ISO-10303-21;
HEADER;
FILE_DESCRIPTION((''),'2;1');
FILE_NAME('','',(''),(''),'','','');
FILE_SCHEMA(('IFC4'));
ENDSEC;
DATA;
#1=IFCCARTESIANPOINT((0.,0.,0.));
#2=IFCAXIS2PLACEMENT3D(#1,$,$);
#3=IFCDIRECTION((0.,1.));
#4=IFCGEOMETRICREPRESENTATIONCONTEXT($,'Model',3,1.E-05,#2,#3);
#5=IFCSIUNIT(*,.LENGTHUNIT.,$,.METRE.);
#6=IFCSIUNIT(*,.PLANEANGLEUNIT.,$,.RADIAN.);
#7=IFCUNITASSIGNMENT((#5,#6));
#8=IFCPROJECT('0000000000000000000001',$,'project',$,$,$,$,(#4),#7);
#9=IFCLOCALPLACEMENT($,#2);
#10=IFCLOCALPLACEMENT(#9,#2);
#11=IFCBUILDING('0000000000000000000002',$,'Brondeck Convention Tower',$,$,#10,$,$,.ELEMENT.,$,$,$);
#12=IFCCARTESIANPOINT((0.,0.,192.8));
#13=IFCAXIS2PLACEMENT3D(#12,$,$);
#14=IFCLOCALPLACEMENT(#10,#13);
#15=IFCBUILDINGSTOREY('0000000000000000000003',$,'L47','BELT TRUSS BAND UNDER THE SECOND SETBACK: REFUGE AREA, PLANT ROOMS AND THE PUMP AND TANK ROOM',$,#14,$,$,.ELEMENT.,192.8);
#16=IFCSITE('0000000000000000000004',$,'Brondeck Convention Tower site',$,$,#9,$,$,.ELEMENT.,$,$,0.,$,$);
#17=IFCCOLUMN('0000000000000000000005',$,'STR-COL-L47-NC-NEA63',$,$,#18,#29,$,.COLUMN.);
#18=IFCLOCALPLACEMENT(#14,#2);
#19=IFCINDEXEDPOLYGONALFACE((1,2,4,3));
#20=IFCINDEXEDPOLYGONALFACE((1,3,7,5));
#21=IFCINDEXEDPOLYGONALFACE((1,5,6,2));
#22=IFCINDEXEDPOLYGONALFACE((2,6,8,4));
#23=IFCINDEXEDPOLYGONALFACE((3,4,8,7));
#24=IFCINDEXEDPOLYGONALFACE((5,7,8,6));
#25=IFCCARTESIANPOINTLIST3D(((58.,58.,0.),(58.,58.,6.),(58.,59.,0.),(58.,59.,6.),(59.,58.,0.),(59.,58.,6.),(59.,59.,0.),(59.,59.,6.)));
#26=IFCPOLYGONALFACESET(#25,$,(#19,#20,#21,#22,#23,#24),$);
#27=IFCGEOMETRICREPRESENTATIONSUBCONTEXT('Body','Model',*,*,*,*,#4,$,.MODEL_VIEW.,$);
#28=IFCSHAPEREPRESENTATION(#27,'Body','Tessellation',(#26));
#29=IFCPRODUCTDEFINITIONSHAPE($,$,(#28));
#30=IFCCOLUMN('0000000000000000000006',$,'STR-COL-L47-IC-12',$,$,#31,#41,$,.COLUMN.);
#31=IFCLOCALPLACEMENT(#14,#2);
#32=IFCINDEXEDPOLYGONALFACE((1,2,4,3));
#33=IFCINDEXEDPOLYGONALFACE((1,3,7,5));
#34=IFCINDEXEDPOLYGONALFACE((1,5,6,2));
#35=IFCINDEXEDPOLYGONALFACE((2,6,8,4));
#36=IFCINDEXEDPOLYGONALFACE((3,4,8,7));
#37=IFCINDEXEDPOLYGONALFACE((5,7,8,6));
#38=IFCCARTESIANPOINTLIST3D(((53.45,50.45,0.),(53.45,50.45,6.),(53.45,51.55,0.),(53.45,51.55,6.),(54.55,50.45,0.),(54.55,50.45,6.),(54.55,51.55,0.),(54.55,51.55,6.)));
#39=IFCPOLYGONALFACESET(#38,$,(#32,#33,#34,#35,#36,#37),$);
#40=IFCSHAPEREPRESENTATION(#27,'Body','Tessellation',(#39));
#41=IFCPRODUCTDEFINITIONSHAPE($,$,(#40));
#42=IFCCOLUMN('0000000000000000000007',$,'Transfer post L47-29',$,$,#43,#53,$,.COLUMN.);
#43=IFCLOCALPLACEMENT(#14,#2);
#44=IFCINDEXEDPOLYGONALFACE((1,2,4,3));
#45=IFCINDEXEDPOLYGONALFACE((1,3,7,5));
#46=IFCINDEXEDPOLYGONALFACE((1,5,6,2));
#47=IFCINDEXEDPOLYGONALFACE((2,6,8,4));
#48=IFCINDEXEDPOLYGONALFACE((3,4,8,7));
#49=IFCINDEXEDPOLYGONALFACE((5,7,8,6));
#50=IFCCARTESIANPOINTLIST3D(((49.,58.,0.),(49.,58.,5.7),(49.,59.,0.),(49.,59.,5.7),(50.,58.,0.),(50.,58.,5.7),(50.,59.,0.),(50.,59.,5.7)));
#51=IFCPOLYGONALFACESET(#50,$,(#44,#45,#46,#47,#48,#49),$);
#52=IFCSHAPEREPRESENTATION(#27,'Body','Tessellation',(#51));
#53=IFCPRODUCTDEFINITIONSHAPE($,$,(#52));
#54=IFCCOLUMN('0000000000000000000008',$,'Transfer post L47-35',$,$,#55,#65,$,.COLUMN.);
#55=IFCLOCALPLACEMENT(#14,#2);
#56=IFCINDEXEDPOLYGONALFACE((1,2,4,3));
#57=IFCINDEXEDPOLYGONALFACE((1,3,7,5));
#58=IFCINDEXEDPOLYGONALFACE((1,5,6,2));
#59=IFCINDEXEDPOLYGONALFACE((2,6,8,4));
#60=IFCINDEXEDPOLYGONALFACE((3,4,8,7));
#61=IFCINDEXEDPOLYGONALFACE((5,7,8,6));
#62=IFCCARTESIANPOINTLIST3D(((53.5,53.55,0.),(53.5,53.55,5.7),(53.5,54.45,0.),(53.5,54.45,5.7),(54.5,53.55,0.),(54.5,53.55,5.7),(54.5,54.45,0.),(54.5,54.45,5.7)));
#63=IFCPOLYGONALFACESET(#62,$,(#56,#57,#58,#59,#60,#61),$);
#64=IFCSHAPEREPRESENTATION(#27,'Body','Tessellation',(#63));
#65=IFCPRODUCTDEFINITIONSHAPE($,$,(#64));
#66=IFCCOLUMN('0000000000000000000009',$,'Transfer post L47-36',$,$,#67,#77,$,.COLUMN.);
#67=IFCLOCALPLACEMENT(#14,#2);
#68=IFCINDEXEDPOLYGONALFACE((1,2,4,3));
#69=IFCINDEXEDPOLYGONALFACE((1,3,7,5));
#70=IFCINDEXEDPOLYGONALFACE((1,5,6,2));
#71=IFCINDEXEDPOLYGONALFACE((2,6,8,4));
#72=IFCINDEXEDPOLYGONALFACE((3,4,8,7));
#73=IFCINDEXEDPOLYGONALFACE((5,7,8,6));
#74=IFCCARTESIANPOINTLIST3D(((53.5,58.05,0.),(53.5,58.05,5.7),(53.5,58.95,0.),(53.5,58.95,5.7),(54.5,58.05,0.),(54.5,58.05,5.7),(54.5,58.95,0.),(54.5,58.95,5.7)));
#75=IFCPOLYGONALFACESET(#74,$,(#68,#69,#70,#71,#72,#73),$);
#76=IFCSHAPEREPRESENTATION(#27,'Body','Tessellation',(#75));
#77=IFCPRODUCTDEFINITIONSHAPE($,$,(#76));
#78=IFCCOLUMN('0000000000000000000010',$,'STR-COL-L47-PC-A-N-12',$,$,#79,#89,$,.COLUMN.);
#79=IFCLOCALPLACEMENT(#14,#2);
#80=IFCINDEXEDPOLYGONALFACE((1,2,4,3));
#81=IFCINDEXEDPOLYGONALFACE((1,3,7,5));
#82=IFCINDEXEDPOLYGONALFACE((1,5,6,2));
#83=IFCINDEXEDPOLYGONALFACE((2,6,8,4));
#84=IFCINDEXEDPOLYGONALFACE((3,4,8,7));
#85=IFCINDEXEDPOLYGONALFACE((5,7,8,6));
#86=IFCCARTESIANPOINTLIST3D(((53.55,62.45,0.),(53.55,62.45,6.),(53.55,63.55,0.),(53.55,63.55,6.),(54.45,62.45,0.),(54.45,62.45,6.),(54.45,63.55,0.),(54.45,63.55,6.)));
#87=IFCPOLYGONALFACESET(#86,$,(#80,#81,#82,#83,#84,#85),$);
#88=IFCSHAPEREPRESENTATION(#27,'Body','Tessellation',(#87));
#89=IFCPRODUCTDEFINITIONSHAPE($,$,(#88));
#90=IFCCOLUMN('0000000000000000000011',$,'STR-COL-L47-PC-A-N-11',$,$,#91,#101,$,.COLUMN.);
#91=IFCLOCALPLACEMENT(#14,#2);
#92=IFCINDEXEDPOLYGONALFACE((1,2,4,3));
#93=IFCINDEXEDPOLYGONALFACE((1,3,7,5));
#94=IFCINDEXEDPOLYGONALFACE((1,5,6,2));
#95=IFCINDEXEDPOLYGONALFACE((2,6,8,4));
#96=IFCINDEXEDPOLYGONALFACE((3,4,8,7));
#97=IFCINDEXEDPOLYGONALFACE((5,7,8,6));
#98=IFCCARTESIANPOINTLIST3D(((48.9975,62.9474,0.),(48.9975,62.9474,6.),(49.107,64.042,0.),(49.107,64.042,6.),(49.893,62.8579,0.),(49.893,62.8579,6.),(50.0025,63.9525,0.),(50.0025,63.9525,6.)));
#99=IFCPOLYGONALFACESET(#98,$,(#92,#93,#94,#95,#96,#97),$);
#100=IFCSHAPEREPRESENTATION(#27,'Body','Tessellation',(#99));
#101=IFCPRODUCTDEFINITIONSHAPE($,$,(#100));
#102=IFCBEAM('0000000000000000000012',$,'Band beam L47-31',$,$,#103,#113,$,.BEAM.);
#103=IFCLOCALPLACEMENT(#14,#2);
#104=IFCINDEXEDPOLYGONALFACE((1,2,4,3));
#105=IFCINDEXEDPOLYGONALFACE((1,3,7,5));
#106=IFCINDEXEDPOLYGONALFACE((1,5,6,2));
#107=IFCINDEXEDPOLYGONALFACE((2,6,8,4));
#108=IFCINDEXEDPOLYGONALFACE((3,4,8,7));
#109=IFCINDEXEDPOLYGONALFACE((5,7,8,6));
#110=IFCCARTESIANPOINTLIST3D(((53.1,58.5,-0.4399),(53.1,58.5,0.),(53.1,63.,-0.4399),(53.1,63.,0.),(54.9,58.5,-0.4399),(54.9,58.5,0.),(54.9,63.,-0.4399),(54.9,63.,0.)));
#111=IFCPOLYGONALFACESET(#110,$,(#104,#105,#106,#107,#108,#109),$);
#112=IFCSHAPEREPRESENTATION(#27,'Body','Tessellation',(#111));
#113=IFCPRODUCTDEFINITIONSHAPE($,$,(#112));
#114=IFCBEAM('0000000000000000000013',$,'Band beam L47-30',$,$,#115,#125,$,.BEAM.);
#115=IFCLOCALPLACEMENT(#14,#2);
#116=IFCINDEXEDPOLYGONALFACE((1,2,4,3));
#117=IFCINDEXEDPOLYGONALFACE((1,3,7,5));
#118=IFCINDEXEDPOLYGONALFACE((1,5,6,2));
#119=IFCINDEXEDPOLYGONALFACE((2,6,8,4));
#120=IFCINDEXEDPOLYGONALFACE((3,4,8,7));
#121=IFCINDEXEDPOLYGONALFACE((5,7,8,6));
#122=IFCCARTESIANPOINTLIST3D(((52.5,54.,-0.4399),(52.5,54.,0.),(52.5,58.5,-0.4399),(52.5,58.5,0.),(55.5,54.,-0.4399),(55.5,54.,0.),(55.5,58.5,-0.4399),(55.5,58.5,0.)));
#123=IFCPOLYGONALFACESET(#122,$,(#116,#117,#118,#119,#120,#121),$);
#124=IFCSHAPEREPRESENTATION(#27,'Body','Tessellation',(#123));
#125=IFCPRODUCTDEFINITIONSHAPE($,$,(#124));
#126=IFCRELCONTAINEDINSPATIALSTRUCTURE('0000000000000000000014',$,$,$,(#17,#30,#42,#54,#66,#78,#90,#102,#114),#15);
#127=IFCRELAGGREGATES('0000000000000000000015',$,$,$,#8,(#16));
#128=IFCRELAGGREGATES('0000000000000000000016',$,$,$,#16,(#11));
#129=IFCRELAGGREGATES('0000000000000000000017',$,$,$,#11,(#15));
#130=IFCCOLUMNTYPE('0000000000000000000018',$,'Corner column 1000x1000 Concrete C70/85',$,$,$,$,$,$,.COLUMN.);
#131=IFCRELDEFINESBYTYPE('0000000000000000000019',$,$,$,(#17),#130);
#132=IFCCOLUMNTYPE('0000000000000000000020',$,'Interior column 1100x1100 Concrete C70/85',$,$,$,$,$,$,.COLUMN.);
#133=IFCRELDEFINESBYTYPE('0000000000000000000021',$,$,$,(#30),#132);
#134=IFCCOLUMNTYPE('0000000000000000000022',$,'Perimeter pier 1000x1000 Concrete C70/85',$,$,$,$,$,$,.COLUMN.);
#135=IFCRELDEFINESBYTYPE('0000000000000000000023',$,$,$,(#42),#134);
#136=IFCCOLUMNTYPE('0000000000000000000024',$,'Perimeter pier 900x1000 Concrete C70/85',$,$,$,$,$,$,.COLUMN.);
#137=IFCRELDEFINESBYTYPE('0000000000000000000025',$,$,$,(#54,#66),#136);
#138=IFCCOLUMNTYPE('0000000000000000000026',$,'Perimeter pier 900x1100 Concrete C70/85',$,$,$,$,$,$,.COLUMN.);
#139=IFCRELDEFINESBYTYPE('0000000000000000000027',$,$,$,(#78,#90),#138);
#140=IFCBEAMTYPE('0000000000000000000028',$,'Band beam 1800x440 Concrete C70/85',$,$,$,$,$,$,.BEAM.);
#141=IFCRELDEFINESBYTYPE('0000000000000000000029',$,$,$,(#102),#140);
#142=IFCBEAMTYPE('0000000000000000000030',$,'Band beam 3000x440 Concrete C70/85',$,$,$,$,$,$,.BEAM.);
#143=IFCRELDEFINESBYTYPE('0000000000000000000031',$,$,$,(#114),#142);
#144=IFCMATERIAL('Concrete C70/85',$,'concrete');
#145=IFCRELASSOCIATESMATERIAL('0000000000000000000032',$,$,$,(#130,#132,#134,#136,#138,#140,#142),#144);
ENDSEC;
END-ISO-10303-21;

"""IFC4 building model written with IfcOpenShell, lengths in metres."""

from ifc_helpers import new_model, si_unit, direction, frame, origin, origin_2d, place, context, subcontext, project, spatial, rectangle, extrude, material, material_profile, profile_set, type_object, element, save


model = new_model("IFC4")

# Units and contexts
model_context = context("Model", 3, precision=1e-05, world=origin(), true_north=direction((0.0, 1.0)))
body_context = subcontext(model_context, "Body", "Model", "MODEL_VIEW")
ifc_project = project(units=[si_unit("LENGTHUNIT", "METRE"), si_unit("PLANEANGLEUNIT", "RADIAN")], contexts=[model_context])

# Site, building, storey
site_placement = place(None, origin())
site = spatial("IfcSite", under=ifc_project, at=site_placement, Name="Brondeck Convention Tower site", CompositionType="ELEMENT", RefElevation=0.0)
building_placement = place(site_placement, origin())
building = spatial("IfcBuilding", under=site, at=building_placement, Name="Brondeck Convention Tower", CompositionType="ELEMENT")
storey_placement = place(building_placement, frame((0.0, 0.0, 192.8)))
storey = spatial("IfcBuildingStorey", under=building, at=storey_placement, Name="L47", Description="BELT TRUSS BAND UNDER THE SECOND SETBACK: REFUGE AREA, PLANT ROOMS AND THE PUMP AND TANK ROOM", CompositionType="ELEMENT", Elevation=192.8)

# Columns
ifc_material_1 = material(Name="Concrete C70/85", Category="concrete")
ifc_material_profile_1 = material_profile(ifc_material_1, rectangle(XDim=1.0, YDim=1.0, at=origin_2d()), Name="Corner column 1000x1000 Concrete C70/85")
ifc_profile_set_1 = profile_set([ifc_material_profile_1], Name="Concrete C70/85")
column_type_1 = type_object("IfcColumnType", Name="Corner column 1000x1000 Concrete C70/85", PredefinedType="COLUMN", material=ifc_profile_set_1)
column_1_placement = place(storey_placement, frame((58.5, 58.5, 0.0), z_axis=(0.0, 0.0, 1.0), x_axis=(1.0, 0.0, 0.0)))
element("IfcColumn", 1, at=column_1_placement, inside=storey, type_object=column_type_1, Name="STR-COL-L47-NC-NEA63", PredefinedType="COLUMN", context=body_context, shape_type="SweptSolid", body=[
    extrude(rectangle(XDim=1.0, YDim=1.0, at=origin_2d()), origin(), (0.0, 0.0, 1.0), 6.0),
])
ifc_material_profile_2 = material_profile(ifc_material_1, rectangle(XDim=1.1001, YDim=1.1001, at=origin_2d()), Name="Interior column 1100x1100 Concrete C70/85")
ifc_profile_set_2 = profile_set([ifc_material_profile_2], Name="Concrete C70/85")
column_type_2 = type_object("IfcColumnType", Name="Interior column 1100x1100 Concrete C70/85", PredefinedType="COLUMN", material=ifc_profile_set_2)
column_2_placement = place(storey_placement, frame((54.0, 51.0, 0.0), z_axis=(0.0, 0.0, 1.0), x_axis=(1.0, 0.0, 0.0)))
element("IfcColumn", 2, at=column_2_placement, inside=storey, type_object=column_type_2, Name="STR-COL-L47-IC-12", PredefinedType="COLUMN", context=body_context, shape_type="SweptSolid", body=[
    extrude(rectangle(XDim=1.1001, YDim=1.1001, at=origin_2d()), origin(), (0.0, 0.0, 1.0), 6.0),
])
ifc_material_profile_3 = material_profile(ifc_material_1, rectangle(XDim=1.0, YDim=1.0, at=origin_2d()), Name="Perimeter pier 1000x1000 Concrete C70/85")
ifc_profile_set_3 = profile_set([ifc_material_profile_3], Name="Concrete C70/85")
column_type_3 = type_object("IfcColumnType", Name="Perimeter pier 1000x1000 Concrete C70/85", PredefinedType="COLUMN", material=ifc_profile_set_3)
column_3_placement = place(storey_placement, frame((49.5, 58.5, 0.0), z_axis=(0.0, 0.0, 1.0), x_axis=(1.0, 0.0, 0.0)))
element("IfcColumn", 3, at=column_3_placement, inside=storey, type_object=column_type_3, Name="Transfer post L47-29", PredefinedType="COLUMN", context=body_context, shape_type="SweptSolid", body=[
    extrude(rectangle(XDim=1.0, YDim=1.0, at=origin_2d()), origin(), (0.0, 0.0, 1.0), 5.7),
])
ifc_material_profile_4 = material_profile(ifc_material_1, rectangle(XDim=0.8999, YDim=1.0, at=origin_2d()), Name="Perimeter pier 900x1000 Concrete C70/85")
ifc_profile_set_4 = profile_set([ifc_material_profile_4], Name="Concrete C70/85")
column_type_4 = type_object("IfcColumnType", Name="Perimeter pier 900x1000 Concrete C70/85", PredefinedType="COLUMN", material=ifc_profile_set_4)
for number, where, z_axis, x_axis, name in (
    (4, (54.0, 54.0, 0.0), (0.0, 0.0, 1.0), (0.0, 1.0, 0.0), "Transfer post L47-35"),
    (5, (54.0, 58.5, 0.0), (0.0, 0.0, 1.0), (0.0, 1.0, 0.0), "Transfer post L47-36"),
):
    element("IfcColumn", number, at=place(storey_placement, frame(where, z_axis=z_axis, x_axis=x_axis)), inside=storey, type_object=column_type_4, Name=name, PredefinedType="COLUMN", context=body_context, shape_type="SweptSolid", body=[
        extrude(rectangle(XDim=0.8999, YDim=1.0, at=origin_2d()), origin(), (0.0, 0.0, 1.0), 5.7),
    ])
ifc_material_profile_5 = material_profile(ifc_material_1, rectangle(XDim=0.8999, YDim=1.1001, at=origin_2d()), Name="Perimeter pier 900x1100 Concrete C70/85")
ifc_profile_set_5 = profile_set([ifc_material_profile_5], Name="Concrete C70/85")
column_type_5 = type_object("IfcColumnType", Name="Perimeter pier 900x1100 Concrete C70/85", PredefinedType="COLUMN", material=ifc_profile_set_5)
for number, where, z_axis, x_axis, name in (
    (6, (54.0, 63.0, 0.0), (0.0, 0.0, 1.0), (-1.0, 0.0, 0.0), "STR-COL-L47-PC-A-N-12"),
    (7, (49.5, 63.45, 0.0), (0.0, 0.0, 1.0), (-0.995037, 0.099504, 0.0), "STR-COL-L47-PC-A-N-11"),
):
    element("IfcColumn", number, at=place(storey_placement, frame(where, z_axis=z_axis, x_axis=x_axis)), inside=storey, type_object=column_type_5, Name=name, PredefinedType="COLUMN", context=body_context, shape_type="SweptSolid", body=[
        extrude(rectangle(XDim=0.8999, YDim=1.1001, at=origin_2d()), origin(), (0.0, 0.0, 1.0), 6.0),
    ])

# Beams
ifc_material_profile_6 = material_profile(ifc_material_1, rectangle(XDim=1.8, YDim=0.4399, at=origin_2d()), Name="Band beam 1800x440 Concrete C70/85")
ifc_profile_set_6 = profile_set([ifc_material_profile_6], Name="Concrete C70/85")
beam_type_1 = type_object("IfcBeamType", Name="Band beam 1800x440 Concrete C70/85", PredefinedType="BEAM", material=ifc_profile_set_6)
beam_1_placement = place(storey_placement, frame((54.0, 58.5, -0.22), z_axis=(0.0, 1.0, 0.0), x_axis=(-1.0, 0.0, 0.0)))
element("IfcBeam", 8, at=beam_1_placement, inside=storey, type_object=beam_type_1, Name="Band beam L47-31", PredefinedType="BEAM", context=body_context, shape_type="SweptSolid", body=[
    extrude(rectangle(XDim=1.8, YDim=0.4399, at=origin_2d()), origin(), (0.0, 0.0, 1.0), 4.5),
])
ifc_material_profile_7 = material_profile(ifc_material_1, rectangle(XDim=3.0, YDim=0.4399, at=origin_2d()), Name="Band beam 3000x440 Concrete C70/85")
ifc_profile_set_7 = profile_set([ifc_material_profile_7], Name="Concrete C70/85")
beam_type_2 = type_object("IfcBeamType", Name="Band beam 3000x440 Concrete C70/85", PredefinedType="BEAM", material=ifc_profile_set_7)
beam_2_placement = place(storey_placement, frame((54.0, 54.0, -0.22), z_axis=(0.0, 1.0, 0.0), x_axis=(-1.0, 0.0, 0.0)))
element("IfcBeam", 9, at=beam_2_placement, inside=storey, type_object=beam_type_2, Name="Band beam L47-30", PredefinedType="BEAM", context=body_context, shape_type="SweptSolid", body=[
    extrude(rectangle(XDim=3.0, YDim=0.4399, at=origin_2d()), origin(), (0.0, 0.0, 1.0), 4.5),
])

save(model, "model.ifc")
